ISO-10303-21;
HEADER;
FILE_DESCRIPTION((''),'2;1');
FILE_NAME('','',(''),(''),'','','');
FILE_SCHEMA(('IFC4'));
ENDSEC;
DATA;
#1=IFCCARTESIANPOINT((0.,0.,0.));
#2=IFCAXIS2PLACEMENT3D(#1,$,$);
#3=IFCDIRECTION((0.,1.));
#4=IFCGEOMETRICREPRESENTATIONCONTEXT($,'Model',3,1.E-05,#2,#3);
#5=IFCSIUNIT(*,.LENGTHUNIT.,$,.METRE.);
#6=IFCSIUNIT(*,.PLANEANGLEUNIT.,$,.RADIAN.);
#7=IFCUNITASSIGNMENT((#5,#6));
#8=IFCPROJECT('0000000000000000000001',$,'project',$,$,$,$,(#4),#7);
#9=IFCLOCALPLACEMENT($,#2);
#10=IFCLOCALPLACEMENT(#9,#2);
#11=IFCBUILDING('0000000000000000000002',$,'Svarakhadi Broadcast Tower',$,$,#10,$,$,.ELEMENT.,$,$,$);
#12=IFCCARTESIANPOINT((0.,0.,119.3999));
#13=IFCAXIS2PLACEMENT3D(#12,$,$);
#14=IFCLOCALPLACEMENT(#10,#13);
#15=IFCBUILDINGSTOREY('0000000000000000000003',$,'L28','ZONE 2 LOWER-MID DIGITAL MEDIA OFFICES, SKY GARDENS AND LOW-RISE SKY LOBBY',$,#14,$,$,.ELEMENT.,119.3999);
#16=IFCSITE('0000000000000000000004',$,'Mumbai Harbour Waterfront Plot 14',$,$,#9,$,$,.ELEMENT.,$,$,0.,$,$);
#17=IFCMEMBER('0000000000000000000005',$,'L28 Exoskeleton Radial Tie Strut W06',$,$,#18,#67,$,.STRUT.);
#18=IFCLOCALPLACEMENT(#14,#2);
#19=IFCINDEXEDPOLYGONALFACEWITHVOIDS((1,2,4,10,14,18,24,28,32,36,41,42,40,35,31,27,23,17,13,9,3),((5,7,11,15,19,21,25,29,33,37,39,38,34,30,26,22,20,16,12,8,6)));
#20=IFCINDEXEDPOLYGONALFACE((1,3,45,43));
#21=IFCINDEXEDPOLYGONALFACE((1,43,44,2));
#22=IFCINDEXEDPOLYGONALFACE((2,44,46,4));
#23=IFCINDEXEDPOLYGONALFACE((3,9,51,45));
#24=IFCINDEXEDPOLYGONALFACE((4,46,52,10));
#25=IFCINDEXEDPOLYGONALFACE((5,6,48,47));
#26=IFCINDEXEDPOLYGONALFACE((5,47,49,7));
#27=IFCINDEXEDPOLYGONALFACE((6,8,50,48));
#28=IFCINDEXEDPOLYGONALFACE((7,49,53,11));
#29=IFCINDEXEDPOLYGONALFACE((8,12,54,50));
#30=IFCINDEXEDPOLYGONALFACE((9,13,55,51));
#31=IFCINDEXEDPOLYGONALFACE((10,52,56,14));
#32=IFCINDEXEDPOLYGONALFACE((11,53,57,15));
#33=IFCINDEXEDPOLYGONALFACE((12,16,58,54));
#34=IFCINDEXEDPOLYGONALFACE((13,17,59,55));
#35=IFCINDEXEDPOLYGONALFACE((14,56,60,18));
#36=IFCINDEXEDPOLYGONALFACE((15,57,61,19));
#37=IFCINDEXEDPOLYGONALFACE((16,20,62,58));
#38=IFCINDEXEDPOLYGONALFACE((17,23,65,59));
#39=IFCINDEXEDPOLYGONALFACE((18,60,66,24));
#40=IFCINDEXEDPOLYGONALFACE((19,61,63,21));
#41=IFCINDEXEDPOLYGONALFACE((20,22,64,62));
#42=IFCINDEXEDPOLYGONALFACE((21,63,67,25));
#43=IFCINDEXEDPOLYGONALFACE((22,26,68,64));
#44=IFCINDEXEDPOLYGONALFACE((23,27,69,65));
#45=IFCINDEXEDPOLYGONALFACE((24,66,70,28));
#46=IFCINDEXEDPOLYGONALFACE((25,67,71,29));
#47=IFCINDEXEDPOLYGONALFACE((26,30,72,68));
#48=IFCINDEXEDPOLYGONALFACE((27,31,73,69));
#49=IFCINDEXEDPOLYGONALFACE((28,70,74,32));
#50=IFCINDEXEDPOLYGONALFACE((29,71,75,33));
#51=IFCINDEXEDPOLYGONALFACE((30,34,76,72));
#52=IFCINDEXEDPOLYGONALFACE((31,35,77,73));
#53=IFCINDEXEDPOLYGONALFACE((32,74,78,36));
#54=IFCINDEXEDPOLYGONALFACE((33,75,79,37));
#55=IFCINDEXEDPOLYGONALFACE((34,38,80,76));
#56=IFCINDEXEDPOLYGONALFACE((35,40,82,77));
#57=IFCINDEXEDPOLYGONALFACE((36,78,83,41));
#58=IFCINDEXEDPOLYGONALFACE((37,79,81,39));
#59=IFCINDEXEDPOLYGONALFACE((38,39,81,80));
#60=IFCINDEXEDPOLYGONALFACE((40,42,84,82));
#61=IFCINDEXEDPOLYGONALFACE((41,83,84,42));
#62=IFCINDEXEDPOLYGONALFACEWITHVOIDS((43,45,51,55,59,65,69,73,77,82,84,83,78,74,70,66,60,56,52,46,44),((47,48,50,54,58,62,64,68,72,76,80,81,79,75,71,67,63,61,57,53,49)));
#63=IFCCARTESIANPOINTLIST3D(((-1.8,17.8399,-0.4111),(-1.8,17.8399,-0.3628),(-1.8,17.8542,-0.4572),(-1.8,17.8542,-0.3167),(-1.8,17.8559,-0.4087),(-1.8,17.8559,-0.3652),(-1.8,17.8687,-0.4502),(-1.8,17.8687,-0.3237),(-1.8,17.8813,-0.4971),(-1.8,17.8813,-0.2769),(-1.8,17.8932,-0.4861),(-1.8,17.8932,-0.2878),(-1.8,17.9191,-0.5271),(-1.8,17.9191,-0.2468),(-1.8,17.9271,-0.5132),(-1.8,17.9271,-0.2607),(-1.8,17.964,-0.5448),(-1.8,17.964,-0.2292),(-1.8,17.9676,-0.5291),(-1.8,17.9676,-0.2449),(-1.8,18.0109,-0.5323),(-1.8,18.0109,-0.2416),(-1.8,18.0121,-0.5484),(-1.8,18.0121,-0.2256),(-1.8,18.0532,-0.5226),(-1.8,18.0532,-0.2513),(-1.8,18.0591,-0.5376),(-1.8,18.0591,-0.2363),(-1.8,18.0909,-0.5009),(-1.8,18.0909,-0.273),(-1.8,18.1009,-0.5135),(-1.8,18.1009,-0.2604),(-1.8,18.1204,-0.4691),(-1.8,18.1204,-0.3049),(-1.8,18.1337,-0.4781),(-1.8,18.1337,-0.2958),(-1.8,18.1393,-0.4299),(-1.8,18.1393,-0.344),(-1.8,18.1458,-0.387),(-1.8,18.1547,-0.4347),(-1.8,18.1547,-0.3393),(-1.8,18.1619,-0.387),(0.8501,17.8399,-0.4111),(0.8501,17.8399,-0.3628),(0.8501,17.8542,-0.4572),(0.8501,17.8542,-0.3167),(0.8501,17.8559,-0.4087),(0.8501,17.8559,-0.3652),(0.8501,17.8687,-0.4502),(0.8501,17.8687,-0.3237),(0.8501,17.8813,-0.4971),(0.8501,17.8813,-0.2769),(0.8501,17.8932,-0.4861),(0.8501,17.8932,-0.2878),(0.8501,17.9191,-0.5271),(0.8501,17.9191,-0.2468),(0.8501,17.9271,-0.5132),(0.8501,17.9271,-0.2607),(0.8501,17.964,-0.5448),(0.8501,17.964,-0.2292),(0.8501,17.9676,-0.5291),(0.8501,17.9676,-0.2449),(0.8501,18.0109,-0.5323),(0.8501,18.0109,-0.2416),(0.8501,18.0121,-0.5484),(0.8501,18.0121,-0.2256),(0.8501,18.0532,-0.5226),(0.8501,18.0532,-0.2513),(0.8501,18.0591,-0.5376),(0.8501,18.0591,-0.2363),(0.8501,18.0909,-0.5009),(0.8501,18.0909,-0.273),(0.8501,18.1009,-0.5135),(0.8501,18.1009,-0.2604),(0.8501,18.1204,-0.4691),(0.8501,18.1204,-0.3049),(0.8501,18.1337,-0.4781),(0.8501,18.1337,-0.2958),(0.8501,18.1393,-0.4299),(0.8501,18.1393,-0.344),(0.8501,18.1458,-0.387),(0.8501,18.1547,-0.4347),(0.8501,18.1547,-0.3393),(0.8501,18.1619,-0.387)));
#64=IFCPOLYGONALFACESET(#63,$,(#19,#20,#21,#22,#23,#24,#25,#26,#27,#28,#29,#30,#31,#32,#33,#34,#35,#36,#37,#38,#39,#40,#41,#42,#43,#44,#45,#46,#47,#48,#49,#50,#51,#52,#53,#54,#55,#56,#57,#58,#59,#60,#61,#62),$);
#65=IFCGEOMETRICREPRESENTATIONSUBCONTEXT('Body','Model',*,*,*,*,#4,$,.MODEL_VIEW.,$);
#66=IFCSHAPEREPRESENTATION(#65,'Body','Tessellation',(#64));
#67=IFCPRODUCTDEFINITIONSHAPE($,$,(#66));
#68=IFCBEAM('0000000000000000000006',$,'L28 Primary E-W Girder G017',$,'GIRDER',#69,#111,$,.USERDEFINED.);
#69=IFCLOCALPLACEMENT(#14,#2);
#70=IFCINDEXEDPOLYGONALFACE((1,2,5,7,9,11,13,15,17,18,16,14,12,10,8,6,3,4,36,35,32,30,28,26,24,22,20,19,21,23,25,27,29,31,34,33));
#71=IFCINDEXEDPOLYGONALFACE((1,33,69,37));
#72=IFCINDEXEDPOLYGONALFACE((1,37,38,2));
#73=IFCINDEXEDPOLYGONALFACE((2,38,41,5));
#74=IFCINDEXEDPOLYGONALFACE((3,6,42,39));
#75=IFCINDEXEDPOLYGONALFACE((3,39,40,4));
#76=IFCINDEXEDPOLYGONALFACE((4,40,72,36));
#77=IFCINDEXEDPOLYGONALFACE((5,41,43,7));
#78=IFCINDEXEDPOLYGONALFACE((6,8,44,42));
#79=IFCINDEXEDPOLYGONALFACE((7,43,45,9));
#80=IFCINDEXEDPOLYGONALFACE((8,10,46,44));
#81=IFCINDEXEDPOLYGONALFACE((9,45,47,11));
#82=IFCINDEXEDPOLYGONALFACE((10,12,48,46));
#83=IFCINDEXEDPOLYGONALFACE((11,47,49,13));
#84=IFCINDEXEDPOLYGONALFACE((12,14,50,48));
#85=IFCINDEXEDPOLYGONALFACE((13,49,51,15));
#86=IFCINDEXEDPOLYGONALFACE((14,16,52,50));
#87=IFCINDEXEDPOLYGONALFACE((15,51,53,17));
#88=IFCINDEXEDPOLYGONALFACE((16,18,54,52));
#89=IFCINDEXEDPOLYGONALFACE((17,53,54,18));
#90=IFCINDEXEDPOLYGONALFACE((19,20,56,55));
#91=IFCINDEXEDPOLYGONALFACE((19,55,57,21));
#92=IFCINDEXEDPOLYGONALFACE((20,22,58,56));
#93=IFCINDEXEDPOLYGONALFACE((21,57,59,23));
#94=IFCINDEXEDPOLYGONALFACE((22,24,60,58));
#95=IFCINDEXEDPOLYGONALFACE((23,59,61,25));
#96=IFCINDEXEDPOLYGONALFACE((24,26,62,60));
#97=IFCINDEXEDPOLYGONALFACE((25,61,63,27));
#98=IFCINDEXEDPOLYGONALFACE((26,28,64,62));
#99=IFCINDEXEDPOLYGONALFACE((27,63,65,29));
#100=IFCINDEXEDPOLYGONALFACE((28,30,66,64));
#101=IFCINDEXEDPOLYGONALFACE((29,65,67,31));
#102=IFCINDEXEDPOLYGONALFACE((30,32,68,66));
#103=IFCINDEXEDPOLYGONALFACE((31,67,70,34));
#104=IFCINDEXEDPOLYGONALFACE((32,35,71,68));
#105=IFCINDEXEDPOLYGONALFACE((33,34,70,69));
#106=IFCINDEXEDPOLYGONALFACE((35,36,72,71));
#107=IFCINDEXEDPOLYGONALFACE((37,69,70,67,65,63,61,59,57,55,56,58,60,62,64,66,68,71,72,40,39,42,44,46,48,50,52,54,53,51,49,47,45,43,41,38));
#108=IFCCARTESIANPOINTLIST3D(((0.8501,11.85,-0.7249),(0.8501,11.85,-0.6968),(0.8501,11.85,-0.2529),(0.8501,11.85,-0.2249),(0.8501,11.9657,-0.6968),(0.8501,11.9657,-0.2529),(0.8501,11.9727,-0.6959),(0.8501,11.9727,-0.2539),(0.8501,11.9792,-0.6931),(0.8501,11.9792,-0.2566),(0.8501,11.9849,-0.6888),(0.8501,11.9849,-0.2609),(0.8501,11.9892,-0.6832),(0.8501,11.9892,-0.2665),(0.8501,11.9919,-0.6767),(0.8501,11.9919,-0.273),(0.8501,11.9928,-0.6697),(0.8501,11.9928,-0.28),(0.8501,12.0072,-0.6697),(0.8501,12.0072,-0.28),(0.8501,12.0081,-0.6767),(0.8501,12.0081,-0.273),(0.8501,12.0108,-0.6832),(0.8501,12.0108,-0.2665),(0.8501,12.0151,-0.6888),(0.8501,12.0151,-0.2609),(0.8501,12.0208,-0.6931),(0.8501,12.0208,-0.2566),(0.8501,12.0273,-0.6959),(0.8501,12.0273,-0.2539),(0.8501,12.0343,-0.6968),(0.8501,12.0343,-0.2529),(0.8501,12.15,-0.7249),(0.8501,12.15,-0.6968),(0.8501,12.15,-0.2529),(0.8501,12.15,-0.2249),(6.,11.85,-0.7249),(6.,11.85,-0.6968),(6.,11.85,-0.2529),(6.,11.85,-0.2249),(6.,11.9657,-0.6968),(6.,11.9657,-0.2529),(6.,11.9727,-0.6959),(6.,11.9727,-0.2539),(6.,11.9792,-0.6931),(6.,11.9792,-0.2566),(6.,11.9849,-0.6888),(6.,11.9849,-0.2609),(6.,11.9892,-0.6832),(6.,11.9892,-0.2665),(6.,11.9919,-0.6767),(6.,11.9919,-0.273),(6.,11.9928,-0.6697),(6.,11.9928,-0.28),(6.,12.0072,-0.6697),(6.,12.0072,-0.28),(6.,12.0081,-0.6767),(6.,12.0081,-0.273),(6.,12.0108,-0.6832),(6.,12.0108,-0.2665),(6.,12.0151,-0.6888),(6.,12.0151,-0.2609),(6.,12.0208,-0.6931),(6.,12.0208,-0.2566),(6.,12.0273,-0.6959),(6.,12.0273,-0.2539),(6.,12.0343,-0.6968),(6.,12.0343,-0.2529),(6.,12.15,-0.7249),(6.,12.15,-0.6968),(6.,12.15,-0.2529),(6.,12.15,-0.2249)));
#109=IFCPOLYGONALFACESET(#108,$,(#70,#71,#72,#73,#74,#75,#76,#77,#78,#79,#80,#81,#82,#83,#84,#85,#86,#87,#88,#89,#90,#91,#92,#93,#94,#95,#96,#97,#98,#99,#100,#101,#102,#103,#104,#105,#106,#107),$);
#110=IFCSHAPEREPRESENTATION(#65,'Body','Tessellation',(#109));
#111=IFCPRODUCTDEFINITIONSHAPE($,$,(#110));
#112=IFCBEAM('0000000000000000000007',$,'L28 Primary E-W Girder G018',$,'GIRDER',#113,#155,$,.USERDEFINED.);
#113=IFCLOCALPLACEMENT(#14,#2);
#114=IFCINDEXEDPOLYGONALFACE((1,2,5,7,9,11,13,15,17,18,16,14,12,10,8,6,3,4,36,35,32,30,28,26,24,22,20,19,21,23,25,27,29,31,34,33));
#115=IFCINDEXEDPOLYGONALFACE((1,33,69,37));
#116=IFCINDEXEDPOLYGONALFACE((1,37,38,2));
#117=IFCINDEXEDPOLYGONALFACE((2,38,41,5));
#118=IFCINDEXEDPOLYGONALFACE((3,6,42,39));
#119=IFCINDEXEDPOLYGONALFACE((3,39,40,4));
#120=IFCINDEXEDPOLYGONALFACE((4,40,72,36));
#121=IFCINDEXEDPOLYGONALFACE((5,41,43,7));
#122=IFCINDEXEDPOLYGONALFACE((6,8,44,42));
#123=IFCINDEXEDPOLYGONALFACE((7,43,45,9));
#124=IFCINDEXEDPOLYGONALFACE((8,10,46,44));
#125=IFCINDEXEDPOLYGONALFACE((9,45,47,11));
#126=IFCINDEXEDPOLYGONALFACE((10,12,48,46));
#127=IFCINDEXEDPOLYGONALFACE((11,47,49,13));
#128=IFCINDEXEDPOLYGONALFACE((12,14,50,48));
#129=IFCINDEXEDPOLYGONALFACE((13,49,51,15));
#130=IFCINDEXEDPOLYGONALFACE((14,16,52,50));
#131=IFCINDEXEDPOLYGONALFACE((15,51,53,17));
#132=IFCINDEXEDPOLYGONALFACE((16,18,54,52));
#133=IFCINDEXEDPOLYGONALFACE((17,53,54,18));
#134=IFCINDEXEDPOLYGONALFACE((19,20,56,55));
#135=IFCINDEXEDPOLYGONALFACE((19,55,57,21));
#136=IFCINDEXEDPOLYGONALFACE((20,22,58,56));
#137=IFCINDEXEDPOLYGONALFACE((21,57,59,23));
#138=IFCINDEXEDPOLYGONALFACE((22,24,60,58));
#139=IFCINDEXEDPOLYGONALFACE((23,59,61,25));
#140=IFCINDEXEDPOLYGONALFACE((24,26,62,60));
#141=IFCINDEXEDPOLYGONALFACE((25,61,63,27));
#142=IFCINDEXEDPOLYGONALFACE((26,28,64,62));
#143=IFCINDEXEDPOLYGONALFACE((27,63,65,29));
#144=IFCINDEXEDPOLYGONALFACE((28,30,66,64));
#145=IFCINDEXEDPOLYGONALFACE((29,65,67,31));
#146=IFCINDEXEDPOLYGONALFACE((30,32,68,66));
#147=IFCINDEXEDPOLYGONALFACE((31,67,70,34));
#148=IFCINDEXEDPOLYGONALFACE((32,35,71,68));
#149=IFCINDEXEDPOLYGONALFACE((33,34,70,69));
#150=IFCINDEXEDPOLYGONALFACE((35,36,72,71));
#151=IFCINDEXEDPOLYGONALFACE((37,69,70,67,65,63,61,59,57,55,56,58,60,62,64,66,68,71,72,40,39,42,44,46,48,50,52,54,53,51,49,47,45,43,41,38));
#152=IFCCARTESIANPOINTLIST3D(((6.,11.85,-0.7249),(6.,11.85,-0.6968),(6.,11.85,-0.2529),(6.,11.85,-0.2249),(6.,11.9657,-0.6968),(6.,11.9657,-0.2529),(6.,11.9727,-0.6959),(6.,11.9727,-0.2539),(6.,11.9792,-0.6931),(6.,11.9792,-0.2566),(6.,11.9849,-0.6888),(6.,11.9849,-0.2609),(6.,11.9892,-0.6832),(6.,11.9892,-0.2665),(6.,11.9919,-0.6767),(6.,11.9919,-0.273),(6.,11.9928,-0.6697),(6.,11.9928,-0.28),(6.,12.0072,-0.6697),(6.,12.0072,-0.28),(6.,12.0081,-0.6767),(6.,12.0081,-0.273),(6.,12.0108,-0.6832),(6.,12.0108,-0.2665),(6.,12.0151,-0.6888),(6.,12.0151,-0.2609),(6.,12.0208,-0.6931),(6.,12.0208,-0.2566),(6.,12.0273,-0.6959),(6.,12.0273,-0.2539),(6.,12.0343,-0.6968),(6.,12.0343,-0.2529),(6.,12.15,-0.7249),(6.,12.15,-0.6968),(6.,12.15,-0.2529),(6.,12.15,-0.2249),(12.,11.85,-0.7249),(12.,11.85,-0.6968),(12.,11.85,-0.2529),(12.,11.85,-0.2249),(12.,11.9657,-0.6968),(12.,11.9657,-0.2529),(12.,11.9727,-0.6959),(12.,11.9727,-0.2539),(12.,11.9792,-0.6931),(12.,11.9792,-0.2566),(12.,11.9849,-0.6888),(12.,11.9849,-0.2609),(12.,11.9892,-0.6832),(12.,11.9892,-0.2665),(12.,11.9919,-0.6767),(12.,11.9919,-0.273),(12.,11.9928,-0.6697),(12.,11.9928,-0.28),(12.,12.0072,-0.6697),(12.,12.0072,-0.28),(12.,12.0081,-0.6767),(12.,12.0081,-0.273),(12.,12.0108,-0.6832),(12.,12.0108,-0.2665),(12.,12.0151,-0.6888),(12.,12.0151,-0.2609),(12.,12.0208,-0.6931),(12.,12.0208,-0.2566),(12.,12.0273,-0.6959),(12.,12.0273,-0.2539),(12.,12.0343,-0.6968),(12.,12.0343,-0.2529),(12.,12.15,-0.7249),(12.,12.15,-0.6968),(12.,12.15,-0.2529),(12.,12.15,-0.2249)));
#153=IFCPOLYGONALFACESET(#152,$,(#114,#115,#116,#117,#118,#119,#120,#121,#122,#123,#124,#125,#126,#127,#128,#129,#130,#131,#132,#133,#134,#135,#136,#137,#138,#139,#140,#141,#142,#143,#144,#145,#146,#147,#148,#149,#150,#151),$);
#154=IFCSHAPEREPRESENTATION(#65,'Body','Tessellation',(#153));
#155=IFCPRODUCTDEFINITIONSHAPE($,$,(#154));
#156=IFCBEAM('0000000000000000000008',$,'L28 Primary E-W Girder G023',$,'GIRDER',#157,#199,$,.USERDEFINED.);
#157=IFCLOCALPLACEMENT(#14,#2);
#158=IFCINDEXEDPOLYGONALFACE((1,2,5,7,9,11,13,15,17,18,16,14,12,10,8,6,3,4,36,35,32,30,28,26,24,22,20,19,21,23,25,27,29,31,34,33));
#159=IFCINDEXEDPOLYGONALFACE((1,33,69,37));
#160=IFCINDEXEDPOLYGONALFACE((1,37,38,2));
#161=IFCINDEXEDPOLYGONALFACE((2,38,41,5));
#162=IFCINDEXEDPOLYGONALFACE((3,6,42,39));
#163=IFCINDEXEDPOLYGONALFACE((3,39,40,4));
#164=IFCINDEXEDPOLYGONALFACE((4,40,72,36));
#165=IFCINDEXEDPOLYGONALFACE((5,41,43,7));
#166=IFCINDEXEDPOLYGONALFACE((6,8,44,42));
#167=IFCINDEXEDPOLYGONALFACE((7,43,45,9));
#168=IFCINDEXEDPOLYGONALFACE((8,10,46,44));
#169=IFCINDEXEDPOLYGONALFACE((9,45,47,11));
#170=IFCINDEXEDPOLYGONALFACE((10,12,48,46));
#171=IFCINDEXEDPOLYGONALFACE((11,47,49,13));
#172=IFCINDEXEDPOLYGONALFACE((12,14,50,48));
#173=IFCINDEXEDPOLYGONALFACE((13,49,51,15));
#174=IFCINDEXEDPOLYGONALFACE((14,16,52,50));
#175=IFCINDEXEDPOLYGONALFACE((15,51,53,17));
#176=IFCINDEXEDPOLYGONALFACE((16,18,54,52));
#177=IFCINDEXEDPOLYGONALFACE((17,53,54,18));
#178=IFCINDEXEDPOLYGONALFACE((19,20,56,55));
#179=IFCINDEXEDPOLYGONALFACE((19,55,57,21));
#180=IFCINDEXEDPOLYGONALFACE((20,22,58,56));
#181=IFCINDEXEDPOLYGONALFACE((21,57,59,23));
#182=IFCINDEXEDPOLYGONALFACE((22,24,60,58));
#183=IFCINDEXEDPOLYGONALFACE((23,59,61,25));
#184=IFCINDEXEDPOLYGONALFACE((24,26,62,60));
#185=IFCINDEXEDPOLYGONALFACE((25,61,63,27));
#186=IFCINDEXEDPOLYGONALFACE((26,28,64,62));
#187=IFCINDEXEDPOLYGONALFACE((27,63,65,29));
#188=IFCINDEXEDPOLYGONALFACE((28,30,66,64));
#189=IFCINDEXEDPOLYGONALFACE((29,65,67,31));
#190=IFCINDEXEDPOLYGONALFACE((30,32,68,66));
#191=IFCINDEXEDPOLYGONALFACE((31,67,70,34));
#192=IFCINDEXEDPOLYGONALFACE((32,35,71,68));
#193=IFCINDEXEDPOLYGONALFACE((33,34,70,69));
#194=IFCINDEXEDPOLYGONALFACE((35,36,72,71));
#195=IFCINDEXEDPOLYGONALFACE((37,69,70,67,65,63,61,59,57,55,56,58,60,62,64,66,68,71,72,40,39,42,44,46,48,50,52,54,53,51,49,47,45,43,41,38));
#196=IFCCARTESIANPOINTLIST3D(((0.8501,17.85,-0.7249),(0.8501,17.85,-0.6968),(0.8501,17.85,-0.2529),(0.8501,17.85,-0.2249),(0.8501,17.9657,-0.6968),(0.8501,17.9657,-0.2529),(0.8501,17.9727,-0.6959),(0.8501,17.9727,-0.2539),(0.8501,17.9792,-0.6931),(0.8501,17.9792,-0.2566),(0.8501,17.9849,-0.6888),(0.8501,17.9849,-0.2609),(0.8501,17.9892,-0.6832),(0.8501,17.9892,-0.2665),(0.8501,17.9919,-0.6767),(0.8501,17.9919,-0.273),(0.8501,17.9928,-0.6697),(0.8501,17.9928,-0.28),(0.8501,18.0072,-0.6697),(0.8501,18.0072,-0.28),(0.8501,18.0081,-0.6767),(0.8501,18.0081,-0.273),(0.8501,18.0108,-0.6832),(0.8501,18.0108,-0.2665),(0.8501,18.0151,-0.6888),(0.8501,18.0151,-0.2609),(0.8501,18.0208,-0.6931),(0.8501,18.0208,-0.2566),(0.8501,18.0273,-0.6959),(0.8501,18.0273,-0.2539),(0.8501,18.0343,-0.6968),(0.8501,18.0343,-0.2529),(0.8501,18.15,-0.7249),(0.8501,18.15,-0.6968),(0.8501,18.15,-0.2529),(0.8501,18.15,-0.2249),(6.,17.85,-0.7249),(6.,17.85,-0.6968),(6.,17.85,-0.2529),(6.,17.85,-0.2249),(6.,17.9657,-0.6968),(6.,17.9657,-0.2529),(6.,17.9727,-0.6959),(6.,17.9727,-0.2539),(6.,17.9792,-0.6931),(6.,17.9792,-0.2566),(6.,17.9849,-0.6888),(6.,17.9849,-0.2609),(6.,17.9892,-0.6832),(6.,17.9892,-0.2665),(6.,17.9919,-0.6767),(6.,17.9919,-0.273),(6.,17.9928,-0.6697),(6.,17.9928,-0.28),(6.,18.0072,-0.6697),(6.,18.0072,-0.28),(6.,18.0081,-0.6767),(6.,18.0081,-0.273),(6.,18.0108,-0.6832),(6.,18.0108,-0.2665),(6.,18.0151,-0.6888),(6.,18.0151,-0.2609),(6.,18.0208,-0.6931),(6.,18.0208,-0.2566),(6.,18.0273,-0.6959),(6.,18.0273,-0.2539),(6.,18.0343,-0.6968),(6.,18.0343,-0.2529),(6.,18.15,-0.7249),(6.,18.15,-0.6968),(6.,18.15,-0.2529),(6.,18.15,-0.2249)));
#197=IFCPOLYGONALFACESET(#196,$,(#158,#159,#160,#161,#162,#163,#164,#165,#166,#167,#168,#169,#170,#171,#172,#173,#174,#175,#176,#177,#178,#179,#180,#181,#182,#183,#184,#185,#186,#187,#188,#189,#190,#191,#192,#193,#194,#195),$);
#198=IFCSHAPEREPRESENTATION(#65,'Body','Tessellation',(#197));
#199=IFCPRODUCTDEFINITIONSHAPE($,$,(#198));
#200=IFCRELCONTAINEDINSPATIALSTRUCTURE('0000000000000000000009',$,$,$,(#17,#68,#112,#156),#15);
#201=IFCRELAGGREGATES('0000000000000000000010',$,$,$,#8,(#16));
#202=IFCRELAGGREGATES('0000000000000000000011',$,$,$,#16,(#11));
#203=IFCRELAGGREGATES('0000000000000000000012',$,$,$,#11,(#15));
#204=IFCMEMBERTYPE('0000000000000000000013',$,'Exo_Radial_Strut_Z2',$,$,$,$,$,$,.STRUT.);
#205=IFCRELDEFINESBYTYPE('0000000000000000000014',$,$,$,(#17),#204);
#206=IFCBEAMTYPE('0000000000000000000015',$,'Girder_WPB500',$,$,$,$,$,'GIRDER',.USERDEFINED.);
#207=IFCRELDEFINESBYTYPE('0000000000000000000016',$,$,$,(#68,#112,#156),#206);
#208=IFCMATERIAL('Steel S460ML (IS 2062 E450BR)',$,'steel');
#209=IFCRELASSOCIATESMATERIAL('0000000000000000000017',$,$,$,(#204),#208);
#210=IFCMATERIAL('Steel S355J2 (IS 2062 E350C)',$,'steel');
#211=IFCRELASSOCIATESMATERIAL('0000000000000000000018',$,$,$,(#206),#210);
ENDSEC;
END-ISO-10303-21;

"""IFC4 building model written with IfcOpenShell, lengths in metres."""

from ifc_helpers import new_model, si_unit, direction, frame, origin, origin_2d, place, context, subcontext, project, spatial, hollow_circle, i_section, extrude, material, material_profile, profile_set, type_object, element, save


model = new_model("IFC4")

# Units and contexts
model_context = context("Model", 3, precision=1e-05, world=origin(), true_north=direction((0.0, 1.0)))
body_context = subcontext(model_context, "Body", "Model", "MODEL_VIEW")
ifc_project = project(units=[si_unit("LENGTHUNIT", "METRE"), si_unit("PLANEANGLEUNIT", "RADIAN")], contexts=[model_context])

# Site, building, storey
site_placement = place(None, origin())
site = spatial("IfcSite", under=ifc_project, at=site_placement, Name="Mumbai Harbour Waterfront Plot 14", CompositionType="ELEMENT", RefElevation=0.0)
building_placement = place(site_placement, origin())
building = spatial("IfcBuilding", under=site, at=building_placement, Name="Svarakhadi Broadcast Tower", CompositionType="ELEMENT")
storey_placement = place(building_placement, frame((0.0, 0.0, 119.3999)))
storey = spatial("IfcBuildingStorey", under=building, at=storey_placement, Name="L28", Description="ZONE 2 LOWER-MID DIGITAL MEDIA OFFICES, SKY GARDENS AND LOW-RISE SKY LOBBY", CompositionType="ELEMENT", Elevation=119.3999)

# Shared definitions
ifc_material_1 = material(Name="Steel S460ML (IS 2062 E450BR)", Category="steel")

# Shared definitions
ifc_material_2 = material(Name="Steel S355J2 (IS 2062 E350C)", Category="steel")

# Member
ifc_material_profile_1 = material_profile(ifc_material_1, hollow_circle(Radius=0.1619, WallThickness=0.0161, at=origin_2d()), Name="CHS 323.9x16")
ifc_profile_set_1 = profile_set([ifc_material_profile_1], Name="Steel S460ML (IS 2062 E450BR)")
member_type_1 = type_object("IfcMemberType", Name="Exo_Radial_Strut_Z2", PredefinedType="STRUT", material=ifc_profile_set_1)
member_1_placement = place(storey_placement, frame((-1.8, 18.0, -0.387), z_axis=(1.0, 0.0, 0.0), x_axis=(0.0, 1.0, 0.0)))
element("IfcMember", 1, at=member_1_placement, inside=storey, type_object=member_type_1, Name="L28 Exoskeleton Radial Tie Strut W06", PredefinedType="STRUT", context=body_context, shape_type="SweptSolid", body=[
    extrude(hollow_circle(Radius=0.1619, WallThickness=0.0161, at=origin_2d()), origin(), (0.0, 0.0, 1.0), 2.6501),
])

# Beams
ifc_material_profile_2 = material_profile(ifc_material_2, i_section(OverallWidth=0.3, OverallDepth=0.5, WebThickness=0.0144, FlangeThickness=0.0281, FilletRadius=0.0271, at=origin_2d()), Name="WPB 500x300x187")
ifc_profile_set_2 = profile_set([ifc_material_profile_2], Name="Steel S355J2 (IS 2062 E350C)")
beam_type_1 = type_object("IfcBeamType", Name="Girder_WPB500", ElementType="GIRDER", PredefinedType="USERDEFINED", material=ifc_profile_set_2)
beam_1_placement = place(storey_placement, frame((0.8501, 12.0, -0.4749), z_axis=(1.0, 0.0, 0.0), x_axis=(0.0, 1.0, 0.0)))
element("IfcBeam", 2, at=beam_1_placement, inside=storey, type_object=beam_type_1, Name="L28 Primary E-W Girder G017", ObjectType="GIRDER", PredefinedType="USERDEFINED", context=body_context, shape_type="SweptSolid", body=[
    extrude(i_section(OverallWidth=0.3, OverallDepth=0.5, WebThickness=0.0144, FlangeThickness=0.0281, FilletRadius=0.0271, at=origin_2d()), origin(), (0.0, 0.0, 1.0), 5.1499),
])
beam_2_placement = place(storey_placement, frame((6.0, 12.0, -0.4749), z_axis=(1.0, 0.0, 0.0), x_axis=(0.0, 1.0, 0.0)))
element("IfcBeam", 3, at=beam_2_placement, inside=storey, type_object=beam_type_1, Name="L28 Primary E-W Girder G018", ObjectType="GIRDER", PredefinedType="USERDEFINED", context=body_context, shape_type="SweptSolid", body=[
    extrude(i_section(OverallWidth=0.3, OverallDepth=0.5, WebThickness=0.0144, FlangeThickness=0.0281, FilletRadius=0.0271, at=origin_2d()), origin(), (0.0, 0.0, 1.0), 6.0),
])
beam_3_placement = place(storey_placement, frame((0.8501, 18.0, -0.4749), z_axis=(1.0, 0.0, 0.0), x_axis=(0.0, 1.0, 0.0)))
element("IfcBeam", 4, at=beam_3_placement, inside=storey, type_object=beam_type_1, Name="L28 Primary E-W Girder G023", ObjectType="GIRDER", PredefinedType="USERDEFINED", context=body_context, shape_type="SweptSolid", body=[
    extrude(i_section(OverallWidth=0.3, OverallDepth=0.5, WebThickness=0.0144, FlangeThickness=0.0281, FilletRadius=0.0271, at=origin_2d()), origin(), (0.0, 0.0, 1.0), 5.1499),
])

save(model, "model.ifc")
